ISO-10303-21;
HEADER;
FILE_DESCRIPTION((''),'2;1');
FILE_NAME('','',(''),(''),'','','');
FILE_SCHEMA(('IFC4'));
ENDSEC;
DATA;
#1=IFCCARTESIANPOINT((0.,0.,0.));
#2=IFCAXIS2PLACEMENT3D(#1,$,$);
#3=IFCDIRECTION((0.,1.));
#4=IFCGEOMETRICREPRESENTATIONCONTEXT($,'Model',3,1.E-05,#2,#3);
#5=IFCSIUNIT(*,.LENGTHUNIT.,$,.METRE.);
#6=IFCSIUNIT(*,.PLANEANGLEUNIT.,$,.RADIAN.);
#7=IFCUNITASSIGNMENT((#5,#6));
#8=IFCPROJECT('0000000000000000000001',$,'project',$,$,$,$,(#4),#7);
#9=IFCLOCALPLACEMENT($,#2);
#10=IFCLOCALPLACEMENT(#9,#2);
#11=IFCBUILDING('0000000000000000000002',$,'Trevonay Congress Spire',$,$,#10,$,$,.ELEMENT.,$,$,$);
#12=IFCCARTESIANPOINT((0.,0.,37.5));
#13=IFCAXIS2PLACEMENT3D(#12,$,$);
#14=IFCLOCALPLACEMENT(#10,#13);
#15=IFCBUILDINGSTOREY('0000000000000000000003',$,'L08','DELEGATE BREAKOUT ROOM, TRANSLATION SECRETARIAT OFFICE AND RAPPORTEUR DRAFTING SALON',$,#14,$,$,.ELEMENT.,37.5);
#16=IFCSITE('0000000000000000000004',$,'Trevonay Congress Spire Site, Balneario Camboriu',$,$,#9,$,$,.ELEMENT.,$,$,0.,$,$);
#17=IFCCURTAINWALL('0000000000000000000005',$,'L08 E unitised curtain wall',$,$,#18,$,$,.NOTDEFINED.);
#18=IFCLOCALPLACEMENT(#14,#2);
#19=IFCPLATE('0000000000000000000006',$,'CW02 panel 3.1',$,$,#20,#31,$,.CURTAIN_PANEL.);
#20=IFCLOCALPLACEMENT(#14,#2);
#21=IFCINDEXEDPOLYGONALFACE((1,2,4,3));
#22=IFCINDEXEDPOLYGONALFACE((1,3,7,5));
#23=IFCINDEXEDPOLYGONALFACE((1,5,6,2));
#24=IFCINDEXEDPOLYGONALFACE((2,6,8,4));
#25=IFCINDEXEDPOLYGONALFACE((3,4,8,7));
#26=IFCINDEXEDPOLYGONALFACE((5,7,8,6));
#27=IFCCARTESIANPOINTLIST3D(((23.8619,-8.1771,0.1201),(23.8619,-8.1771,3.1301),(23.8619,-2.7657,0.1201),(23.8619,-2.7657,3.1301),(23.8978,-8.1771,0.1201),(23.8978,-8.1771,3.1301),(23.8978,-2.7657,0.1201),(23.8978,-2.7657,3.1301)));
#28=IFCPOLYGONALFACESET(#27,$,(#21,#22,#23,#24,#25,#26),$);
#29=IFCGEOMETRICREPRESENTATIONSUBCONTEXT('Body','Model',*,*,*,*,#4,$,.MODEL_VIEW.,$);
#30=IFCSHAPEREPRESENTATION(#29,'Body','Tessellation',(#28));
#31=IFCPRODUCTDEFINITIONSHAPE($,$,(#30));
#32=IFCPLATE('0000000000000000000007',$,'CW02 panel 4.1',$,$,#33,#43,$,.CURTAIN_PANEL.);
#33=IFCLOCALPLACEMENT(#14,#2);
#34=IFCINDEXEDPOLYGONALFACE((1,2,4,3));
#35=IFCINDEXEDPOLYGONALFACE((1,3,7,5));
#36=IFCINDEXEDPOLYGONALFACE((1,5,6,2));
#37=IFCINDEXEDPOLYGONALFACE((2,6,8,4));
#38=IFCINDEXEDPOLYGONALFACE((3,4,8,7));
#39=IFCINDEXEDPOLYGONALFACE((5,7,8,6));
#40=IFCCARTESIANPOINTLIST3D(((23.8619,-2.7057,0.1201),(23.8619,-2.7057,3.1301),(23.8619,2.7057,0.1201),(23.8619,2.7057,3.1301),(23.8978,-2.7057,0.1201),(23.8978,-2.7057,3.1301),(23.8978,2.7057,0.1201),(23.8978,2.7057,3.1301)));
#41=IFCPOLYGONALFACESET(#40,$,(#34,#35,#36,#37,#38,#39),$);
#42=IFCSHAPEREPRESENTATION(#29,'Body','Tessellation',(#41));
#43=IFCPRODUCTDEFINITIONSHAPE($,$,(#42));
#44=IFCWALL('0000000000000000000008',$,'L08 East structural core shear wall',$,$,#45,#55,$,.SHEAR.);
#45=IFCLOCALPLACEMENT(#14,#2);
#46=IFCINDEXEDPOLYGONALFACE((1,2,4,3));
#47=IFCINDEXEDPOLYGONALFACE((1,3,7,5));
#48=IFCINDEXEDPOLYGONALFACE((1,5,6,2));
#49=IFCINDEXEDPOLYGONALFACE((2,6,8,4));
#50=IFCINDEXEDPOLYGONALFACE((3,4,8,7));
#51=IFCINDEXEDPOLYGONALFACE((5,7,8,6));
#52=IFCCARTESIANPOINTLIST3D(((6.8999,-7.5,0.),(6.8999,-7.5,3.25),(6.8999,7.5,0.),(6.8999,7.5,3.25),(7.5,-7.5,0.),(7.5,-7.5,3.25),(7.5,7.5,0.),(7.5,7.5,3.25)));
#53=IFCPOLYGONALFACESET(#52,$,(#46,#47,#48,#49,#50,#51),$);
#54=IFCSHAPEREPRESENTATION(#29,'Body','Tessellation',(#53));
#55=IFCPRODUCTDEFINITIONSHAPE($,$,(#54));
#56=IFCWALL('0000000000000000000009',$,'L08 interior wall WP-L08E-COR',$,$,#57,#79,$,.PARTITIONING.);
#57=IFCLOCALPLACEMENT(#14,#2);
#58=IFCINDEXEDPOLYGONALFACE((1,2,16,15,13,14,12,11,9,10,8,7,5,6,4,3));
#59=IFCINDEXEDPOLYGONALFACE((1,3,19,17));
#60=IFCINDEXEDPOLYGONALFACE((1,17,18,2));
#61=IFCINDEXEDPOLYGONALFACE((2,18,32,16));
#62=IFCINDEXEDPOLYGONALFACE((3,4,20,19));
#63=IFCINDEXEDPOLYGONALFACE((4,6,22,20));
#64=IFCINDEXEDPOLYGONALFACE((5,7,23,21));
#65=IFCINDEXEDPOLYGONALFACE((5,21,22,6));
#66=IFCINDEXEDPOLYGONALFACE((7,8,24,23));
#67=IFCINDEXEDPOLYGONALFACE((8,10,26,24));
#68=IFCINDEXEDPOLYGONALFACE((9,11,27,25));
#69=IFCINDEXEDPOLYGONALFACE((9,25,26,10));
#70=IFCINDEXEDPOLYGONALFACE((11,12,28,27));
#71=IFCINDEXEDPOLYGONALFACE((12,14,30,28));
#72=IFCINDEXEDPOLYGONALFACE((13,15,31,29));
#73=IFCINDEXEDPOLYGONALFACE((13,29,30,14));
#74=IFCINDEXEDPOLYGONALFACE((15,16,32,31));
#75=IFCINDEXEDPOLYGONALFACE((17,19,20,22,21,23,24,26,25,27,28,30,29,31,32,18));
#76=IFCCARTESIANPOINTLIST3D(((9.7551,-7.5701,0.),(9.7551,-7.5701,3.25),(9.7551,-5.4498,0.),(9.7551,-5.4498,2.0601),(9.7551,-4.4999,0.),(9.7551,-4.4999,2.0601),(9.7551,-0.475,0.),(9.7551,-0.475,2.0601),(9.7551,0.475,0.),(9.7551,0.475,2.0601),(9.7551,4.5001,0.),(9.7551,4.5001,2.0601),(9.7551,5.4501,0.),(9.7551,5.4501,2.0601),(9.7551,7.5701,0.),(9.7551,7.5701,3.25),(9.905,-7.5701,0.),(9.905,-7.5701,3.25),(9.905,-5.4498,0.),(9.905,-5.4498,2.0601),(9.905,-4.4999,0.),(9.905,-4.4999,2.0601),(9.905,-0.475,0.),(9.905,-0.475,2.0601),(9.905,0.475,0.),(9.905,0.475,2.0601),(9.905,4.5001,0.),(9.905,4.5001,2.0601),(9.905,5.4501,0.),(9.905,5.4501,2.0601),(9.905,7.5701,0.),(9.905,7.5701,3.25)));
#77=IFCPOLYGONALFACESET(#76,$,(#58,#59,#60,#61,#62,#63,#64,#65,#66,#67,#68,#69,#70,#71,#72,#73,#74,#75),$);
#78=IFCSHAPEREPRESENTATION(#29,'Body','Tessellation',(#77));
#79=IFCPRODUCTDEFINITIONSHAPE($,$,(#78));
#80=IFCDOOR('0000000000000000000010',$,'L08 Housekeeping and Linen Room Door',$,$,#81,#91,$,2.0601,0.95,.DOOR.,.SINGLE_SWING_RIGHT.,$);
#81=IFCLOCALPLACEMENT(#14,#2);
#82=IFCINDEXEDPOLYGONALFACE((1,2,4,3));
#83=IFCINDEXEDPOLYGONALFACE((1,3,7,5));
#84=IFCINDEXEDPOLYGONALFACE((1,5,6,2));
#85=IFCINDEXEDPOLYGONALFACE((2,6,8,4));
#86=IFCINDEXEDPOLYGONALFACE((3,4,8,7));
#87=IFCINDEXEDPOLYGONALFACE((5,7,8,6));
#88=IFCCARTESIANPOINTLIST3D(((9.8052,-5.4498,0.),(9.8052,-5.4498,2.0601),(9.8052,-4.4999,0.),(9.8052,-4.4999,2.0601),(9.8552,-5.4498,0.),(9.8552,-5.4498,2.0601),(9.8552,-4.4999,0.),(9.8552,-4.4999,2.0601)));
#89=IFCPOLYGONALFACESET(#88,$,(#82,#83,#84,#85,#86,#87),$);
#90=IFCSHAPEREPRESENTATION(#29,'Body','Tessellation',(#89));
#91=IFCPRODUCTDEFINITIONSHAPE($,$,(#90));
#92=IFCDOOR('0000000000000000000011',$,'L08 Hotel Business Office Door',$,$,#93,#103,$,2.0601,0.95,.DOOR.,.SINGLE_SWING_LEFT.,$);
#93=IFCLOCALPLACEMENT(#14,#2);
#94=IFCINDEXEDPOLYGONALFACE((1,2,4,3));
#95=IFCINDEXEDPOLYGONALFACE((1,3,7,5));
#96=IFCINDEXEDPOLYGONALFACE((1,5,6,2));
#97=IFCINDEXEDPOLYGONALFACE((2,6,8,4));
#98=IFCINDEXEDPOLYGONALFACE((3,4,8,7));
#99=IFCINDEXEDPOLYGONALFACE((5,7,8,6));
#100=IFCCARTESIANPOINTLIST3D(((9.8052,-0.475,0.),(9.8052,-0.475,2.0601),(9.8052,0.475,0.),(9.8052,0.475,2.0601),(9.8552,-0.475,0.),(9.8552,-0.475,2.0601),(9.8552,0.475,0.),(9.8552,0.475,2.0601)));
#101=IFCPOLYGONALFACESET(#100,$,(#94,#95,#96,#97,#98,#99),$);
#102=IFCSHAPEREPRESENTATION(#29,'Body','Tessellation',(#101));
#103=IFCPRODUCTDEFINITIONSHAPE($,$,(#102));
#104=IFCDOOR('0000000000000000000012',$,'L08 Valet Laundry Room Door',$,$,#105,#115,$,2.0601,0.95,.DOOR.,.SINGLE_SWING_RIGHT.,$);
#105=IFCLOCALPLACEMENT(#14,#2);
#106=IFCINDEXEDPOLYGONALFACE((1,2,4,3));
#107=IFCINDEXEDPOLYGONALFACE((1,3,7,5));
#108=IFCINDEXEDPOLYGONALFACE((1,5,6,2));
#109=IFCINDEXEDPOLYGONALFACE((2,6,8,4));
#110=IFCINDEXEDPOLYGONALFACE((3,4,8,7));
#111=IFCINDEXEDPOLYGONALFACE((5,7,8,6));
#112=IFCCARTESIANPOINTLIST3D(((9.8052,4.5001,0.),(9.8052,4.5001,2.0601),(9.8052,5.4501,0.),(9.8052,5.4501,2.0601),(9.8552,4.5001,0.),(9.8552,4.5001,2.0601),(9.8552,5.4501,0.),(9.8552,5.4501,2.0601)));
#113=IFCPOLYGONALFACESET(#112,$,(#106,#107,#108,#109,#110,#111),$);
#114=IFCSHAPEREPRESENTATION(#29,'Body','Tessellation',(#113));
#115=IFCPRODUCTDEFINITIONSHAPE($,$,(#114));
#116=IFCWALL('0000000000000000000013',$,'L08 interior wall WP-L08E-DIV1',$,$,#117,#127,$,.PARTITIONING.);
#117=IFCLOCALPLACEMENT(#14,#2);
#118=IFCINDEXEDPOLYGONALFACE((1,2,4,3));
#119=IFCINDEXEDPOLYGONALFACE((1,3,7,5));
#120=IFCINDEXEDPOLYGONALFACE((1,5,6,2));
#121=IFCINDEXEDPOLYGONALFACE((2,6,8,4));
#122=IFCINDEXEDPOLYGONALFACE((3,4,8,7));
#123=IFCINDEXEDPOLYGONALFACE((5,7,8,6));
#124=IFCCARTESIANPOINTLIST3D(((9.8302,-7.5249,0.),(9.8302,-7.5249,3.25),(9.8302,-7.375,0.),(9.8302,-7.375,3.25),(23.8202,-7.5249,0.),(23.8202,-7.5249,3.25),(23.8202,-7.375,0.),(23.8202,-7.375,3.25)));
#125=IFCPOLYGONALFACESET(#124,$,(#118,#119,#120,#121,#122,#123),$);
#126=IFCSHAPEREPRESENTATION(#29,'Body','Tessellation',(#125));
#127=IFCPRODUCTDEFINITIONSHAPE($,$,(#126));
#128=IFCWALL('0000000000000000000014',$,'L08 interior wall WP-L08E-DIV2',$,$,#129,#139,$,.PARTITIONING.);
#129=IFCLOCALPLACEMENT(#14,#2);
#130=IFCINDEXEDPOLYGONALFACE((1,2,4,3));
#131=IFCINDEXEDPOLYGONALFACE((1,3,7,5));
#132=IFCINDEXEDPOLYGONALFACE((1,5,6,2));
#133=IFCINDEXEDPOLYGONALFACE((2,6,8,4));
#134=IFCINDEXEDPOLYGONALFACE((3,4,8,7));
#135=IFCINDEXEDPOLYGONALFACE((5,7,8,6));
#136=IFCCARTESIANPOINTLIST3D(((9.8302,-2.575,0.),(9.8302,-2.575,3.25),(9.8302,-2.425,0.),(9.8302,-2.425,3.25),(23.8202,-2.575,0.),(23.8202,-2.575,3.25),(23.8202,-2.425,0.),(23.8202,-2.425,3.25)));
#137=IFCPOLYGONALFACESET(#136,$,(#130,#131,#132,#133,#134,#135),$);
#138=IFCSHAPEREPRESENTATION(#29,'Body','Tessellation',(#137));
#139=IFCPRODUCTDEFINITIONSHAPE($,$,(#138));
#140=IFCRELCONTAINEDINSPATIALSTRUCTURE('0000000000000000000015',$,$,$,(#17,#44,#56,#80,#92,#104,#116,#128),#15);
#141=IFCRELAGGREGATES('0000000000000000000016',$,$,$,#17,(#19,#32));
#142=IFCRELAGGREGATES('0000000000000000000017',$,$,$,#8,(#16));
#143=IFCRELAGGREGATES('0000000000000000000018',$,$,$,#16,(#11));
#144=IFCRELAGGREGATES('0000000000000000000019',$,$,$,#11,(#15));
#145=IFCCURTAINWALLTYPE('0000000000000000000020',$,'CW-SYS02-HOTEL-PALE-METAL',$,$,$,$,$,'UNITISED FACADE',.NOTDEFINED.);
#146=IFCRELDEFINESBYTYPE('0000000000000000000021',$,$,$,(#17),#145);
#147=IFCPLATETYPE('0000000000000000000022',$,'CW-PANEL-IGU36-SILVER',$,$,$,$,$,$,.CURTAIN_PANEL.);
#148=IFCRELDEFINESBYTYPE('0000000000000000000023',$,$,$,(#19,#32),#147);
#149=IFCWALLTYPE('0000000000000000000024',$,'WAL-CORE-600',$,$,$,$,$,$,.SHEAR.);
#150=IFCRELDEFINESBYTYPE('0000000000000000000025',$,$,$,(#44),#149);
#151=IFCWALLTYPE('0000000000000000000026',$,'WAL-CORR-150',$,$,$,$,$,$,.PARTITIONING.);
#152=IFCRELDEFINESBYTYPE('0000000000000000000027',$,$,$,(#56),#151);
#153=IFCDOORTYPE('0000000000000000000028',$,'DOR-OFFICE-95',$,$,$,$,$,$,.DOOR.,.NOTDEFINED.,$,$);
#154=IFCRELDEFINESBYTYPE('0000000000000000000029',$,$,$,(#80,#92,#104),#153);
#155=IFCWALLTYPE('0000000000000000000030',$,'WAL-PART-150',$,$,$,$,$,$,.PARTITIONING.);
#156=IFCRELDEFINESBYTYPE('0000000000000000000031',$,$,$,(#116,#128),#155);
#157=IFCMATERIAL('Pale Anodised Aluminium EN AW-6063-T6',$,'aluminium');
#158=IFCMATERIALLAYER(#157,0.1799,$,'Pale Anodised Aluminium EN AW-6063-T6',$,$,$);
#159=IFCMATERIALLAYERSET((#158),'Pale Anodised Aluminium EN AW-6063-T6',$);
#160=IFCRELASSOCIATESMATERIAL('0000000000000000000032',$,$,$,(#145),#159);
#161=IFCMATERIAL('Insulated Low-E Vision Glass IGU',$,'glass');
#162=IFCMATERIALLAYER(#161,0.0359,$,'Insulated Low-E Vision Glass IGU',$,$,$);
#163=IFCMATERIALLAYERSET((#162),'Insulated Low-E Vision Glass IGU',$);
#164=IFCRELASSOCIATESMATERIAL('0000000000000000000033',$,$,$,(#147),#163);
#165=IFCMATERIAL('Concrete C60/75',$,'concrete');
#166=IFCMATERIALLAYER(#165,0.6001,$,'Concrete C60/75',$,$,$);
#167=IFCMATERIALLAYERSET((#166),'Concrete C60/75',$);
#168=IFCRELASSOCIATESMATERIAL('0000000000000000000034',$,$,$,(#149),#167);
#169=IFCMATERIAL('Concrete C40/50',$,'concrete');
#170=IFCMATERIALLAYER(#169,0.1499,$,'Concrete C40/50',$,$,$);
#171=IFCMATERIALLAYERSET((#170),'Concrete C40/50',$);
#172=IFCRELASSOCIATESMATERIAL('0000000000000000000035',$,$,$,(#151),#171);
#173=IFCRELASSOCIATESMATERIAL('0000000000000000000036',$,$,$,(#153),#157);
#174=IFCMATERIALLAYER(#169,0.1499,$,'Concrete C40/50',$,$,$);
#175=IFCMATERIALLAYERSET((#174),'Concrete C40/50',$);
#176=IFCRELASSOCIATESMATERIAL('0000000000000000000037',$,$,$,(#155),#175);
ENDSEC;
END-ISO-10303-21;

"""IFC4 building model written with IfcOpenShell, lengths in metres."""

from ifc_helpers import new_model, si_unit, direction, frame, frame_2d, origin, origin_2d, place, context, subcontext, project, spatial, rectangle, extrude, material, layer, layer_set, type_object, element, fill, aggregate, save


model = new_model("IFC4")

# Units and contexts
model_context = context("Model", 3, precision=1e-05, world=origin(), true_north=direction((0.0, 1.0)))
body_context = subcontext(model_context, "Body", "Model", "MODEL_VIEW")
ifc_project = project(units=[si_unit("LENGTHUNIT", "METRE"), si_unit("PLANEANGLEUNIT", "RADIAN")], contexts=[model_context])

# Site, building, storey
site_placement = place(None, origin())
site = spatial("IfcSite", under=ifc_project, at=site_placement, Name="Trevonay Congress Spire Site, Balneario Camboriu", CompositionType="ELEMENT", RefElevation=0.0)
building_placement = place(site_placement, origin())
building = spatial("IfcBuilding", under=site, at=building_placement, Name="Trevonay Congress Spire", CompositionType="ELEMENT")
storey_placement = place(building_placement, frame((0.0, 0.0, 37.5)))
storey = spatial("IfcBuildingStorey", under=building, at=storey_placement, Name="L08", Description="DELEGATE BREAKOUT ROOM, TRANSLATION SECRETARIAT OFFICE AND RAPPORTEUR DRAFTING SALON", CompositionType="ELEMENT", Elevation=37.5)

# Curtain wall, plates
ifc_material_1 = material(Name="Pale Anodised Aluminium EN AW-6063-T6", Category="aluminium")
ifc_layer_1 = layer(ifc_material_1, 0.1799, Name="Pale Anodised Aluminium EN AW-6063-T6")
ifc_layer_set_1 = layer_set([ifc_layer_1], Name="Pale Anodised Aluminium EN AW-6063-T6")
curtain_wall_type = type_object("IfcCurtainWallType", Name="CW-SYS02-HOTEL-PALE-METAL", ElementType="UNITISED FACADE", PredefinedType="NOTDEFINED", material=ifc_layer_set_1)
curtain_wall_placement = place(storey_placement, origin())
curtain_wall = element("IfcCurtainWall", 1, at=curtain_wall_placement, inside=storey, type_object=curtain_wall_type, Name="L08 E unitised curtain wall", PredefinedType="NOTDEFINED")
ifc_material_2 = material(Name="Insulated Low-E Vision Glass IGU", Category="glass")
ifc_layer_2 = layer(ifc_material_2, 0.0359, Name="Insulated Low-E Vision Glass IGU")
ifc_layer_set_2 = layer_set([ifc_layer_2], Name="Insulated Low-E Vision Glass IGU")
plate_type = type_object("IfcPlateType", Name="CW-PANEL-IGU36-SILVER", PredefinedType="CURTAIN_PANEL", material=ifc_layer_set_2)
plate_1_placement = place(storey_placement, frame((23.8799, -5.4714, 0.1201), z_axis=(0.0, 0.0, 1.0), x_axis=(0.0, 1.0, 0.0)))
plate_1 = element("IfcPlate", 2, at=plate_1_placement, type_object=plate_type, Name="CW02 panel 3.1", PredefinedType="CURTAIN_PANEL", context=body_context, shape_type="SweptSolid", body=[
    extrude(rectangle(XDim=5.4114, YDim=0.0359, at=origin_2d()), origin(), (0.0, 0.0, 1.0), 3.01),
])
plate_2_placement = place(storey_placement, frame((23.8799, 0.0, 0.1201), z_axis=(0.0, 0.0, 1.0), x_axis=(0.0, 1.0, 0.0)))
plate_2 = element("IfcPlate", 3, at=plate_2_placement, type_object=plate_type, Name="CW02 panel 4.1", PredefinedType="CURTAIN_PANEL", context=body_context, shape_type="SweptSolid", body=[
    extrude(rectangle(XDim=5.4114, YDim=0.0359, at=origin_2d()), origin(), (0.0, 0.0, 1.0), 3.01),
])
aggregate(curtain_wall, [plate_1, plate_2])

# Wall
ifc_material_3 = material(Name="Concrete C60/75", Category="concrete")
ifc_layer_3 = layer(ifc_material_3, 0.6001, Name="Concrete C60/75")
ifc_layer_set_3 = layer_set([ifc_layer_3], Name="Concrete C60/75")
wall_type_1 = type_object("IfcWallType", Name="WAL-CORE-600", PredefinedType="SHEAR", material=ifc_layer_set_3)
wall_1_placement = place(storey_placement, frame((7.2, -7.5, 0.0), z_axis=(0.0, 0.0, 1.0), x_axis=(0.0, 1.0, 0.0)))
element("IfcWall", 4, at=wall_1_placement, inside=storey, type_object=wall_type_1, Name="L08 East structural core shear wall", PredefinedType="SHEAR", context=body_context, shape_type="SweptSolid", body=[
    extrude(rectangle(XDim=15.0, YDim=0.6001, at=frame_2d((7.5, 0.0))), origin(), (0.0, 0.0, 1.0), 3.25),
])

# Wall, openings, doors
ifc_material_4 = material(Name="Concrete C40/50", Category="concrete")
ifc_layer_4 = layer(ifc_material_4, 0.1499, Name="Concrete C40/50")
ifc_layer_set_4 = layer_set([ifc_layer_4], Name="Concrete C40/50")
wall_type_2 = type_object("IfcWallType", Name="WAL-CORR-150", PredefinedType="PARTITIONING", material=ifc_layer_set_4)
wall_2_placement = place(storey_placement, frame((9.8301, -7.5701, 0.0), z_axis=(0.0, 0.0, 1.0), x_axis=(0.0, 1.0, 0.0)))
wall_2 = element("IfcWall", 5, at=wall_2_placement, inside=storey, type_object=wall_type_2, Name="L08 interior wall WP-L08E-COR", PredefinedType="PARTITIONING", context=body_context, shape_type="SweptSolid", body=[
    extrude(rectangle(XDim=15.1401, YDim=0.1499, at=frame_2d((7.5701, 0.0))), origin(), (0.0, 0.0, 1.0), 3.25),
])
opening_1_placement = place(wall_2_placement, frame((2.1201, 0.0, 0.0)))
opening_1 = element("IfcOpeningElement", 6, at=opening_1_placement, cuts=wall_2, PredefinedType="OPENING", context=body_context, shape_type="SweptSolid", body=[
    extrude(rectangle(XDim=0.95, YDim=2.0601, at=frame_2d((0.4751, 1.03))), frame((0.0, 0.085, 0.0), z_axis=(0.0, -1.0, 0.0), x_axis=(1.0, 0.0, 0.0)), (0.0, 0.0, 1.0), 0.1699),
])
opening_2_placement = place(wall_2_placement, frame((7.095, 0.0, 0.0)))
opening_2 = element("IfcOpeningElement", 7, at=opening_2_placement, cuts=wall_2, PredefinedType="OPENING", context=body_context, shape_type="SweptSolid", body=[
    extrude(rectangle(XDim=0.95, YDim=2.0601, at=frame_2d((0.4751, 1.03))), frame((0.0, 0.085, 0.0), z_axis=(0.0, -1.0, 0.0), x_axis=(1.0, 0.0, 0.0)), (0.0, 0.0, 1.0), 0.1699),
])
opening_3_placement = place(wall_2_placement, frame((12.0701, 0.0, 0.0)))
opening_3 = element("IfcOpeningElement", 8, at=opening_3_placement, cuts=wall_2, PredefinedType="OPENING", context=body_context, shape_type="SweptSolid", body=[
    extrude(rectangle(XDim=0.95, YDim=2.0601, at=frame_2d((0.4751, 1.03))), frame((0.0, 0.085, 0.0), z_axis=(0.0, -1.0, 0.0), x_axis=(1.0, 0.0, 0.0)), (0.0, 0.0, 1.0), 0.1699),
])
door_type = type_object("IfcDoorType", Name="DOR-OFFICE-95", OperationType="NOTDEFINED", PredefinedType="DOOR", material=ifc_material_1)
door_1_placement = place(opening_1_placement, origin())
door_1 = element("IfcDoor", 9, at=door_1_placement, inside=storey, type_object=door_type, Name="L08 Housekeeping and Linen Room Door", OperationType="SINGLE_SWING_RIGHT", OverallHeight=2.0601, OverallWidth=0.95, PredefinedType="DOOR", context=body_context, shape_type="SweptSolid", body=[
    extrude(rectangle(XDim=0.95, YDim=2.0601, at=frame_2d((0.4751, 1.03))), frame((0.0, 0.0249, 0.0), z_axis=(0.0, -1.0, 0.0), x_axis=(1.0, 0.0, 0.0)), (0.0, 0.0, 1.0), 0.05),
])
fill(opening_1, door_1)
door_2_placement = place(opening_2_placement, origin())
door_2 = element("IfcDoor", 10, at=door_2_placement, inside=storey, type_object=door_type, Name="L08 Hotel Business Office Door", OperationType="SINGLE_SWING_LEFT", OverallHeight=2.0601, OverallWidth=0.95, PredefinedType="DOOR", context=body_context, shape_type="SweptSolid", body=[
    extrude(rectangle(XDim=0.95, YDim=2.0601, at=frame_2d((0.4751, 1.03))), frame((0.0, 0.0249, 0.0), z_axis=(0.0, -1.0, 0.0), x_axis=(1.0, 0.0, 0.0)), (0.0, 0.0, 1.0), 0.05),
])
fill(opening_2, door_2)
door_3_placement = place(opening_3_placement, origin())
door_3 = element("IfcDoor", 11, at=door_3_placement, inside=storey, type_object=door_type, Name="L08 Valet Laundry Room Door", OperationType="SINGLE_SWING_RIGHT", OverallHeight=2.0601, OverallWidth=0.95, PredefinedType="DOOR", context=body_context, shape_type="SweptSolid", body=[
    extrude(rectangle(XDim=0.95, YDim=2.0601, at=frame_2d((0.4751, 1.03))), frame((0.0, 0.0249, 0.0), z_axis=(0.0, -1.0, 0.0), x_axis=(1.0, 0.0, 0.0)), (0.0, 0.0, 1.0), 0.05),
])
fill(opening_3, door_3)

# Walls
ifc_layer_5 = layer(ifc_material_4, 0.1499, Name="Concrete C40/50")
ifc_layer_set_5 = layer_set([ifc_layer_5], Name="Concrete C40/50")
wall_type_3 = type_object("IfcWallType", Name="WAL-PART-150", PredefinedType="PARTITIONING", material=ifc_layer_set_5)
for number, where, z_axis, x_axis, name in (
    (12, (9.8301, -7.45, 0.0), (0.0, 0.0, 1.0), (1.0, 0.0, 0.0), "L08 interior wall WP-L08E-DIV1"),
    (13, (9.8301, -2.5, 0.0), (0.0, 0.0, 1.0), (1.0, 0.0, 0.0), "L08 interior wall WP-L08E-DIV2"),
):
    element("IfcWall", number, at=place(storey_placement, frame(where, z_axis=z_axis, x_axis=x_axis)), inside=storey, type_object=wall_type_3, Name=name, PredefinedType="PARTITIONING", context=body_context, shape_type="SweptSolid", body=[
        extrude(rectangle(XDim=13.99, YDim=0.1499, at=frame_2d((6.9951, 0.0))), origin(), (0.0, 0.0, 1.0), 3.25),
    ])

save(model, "model.ifc")
